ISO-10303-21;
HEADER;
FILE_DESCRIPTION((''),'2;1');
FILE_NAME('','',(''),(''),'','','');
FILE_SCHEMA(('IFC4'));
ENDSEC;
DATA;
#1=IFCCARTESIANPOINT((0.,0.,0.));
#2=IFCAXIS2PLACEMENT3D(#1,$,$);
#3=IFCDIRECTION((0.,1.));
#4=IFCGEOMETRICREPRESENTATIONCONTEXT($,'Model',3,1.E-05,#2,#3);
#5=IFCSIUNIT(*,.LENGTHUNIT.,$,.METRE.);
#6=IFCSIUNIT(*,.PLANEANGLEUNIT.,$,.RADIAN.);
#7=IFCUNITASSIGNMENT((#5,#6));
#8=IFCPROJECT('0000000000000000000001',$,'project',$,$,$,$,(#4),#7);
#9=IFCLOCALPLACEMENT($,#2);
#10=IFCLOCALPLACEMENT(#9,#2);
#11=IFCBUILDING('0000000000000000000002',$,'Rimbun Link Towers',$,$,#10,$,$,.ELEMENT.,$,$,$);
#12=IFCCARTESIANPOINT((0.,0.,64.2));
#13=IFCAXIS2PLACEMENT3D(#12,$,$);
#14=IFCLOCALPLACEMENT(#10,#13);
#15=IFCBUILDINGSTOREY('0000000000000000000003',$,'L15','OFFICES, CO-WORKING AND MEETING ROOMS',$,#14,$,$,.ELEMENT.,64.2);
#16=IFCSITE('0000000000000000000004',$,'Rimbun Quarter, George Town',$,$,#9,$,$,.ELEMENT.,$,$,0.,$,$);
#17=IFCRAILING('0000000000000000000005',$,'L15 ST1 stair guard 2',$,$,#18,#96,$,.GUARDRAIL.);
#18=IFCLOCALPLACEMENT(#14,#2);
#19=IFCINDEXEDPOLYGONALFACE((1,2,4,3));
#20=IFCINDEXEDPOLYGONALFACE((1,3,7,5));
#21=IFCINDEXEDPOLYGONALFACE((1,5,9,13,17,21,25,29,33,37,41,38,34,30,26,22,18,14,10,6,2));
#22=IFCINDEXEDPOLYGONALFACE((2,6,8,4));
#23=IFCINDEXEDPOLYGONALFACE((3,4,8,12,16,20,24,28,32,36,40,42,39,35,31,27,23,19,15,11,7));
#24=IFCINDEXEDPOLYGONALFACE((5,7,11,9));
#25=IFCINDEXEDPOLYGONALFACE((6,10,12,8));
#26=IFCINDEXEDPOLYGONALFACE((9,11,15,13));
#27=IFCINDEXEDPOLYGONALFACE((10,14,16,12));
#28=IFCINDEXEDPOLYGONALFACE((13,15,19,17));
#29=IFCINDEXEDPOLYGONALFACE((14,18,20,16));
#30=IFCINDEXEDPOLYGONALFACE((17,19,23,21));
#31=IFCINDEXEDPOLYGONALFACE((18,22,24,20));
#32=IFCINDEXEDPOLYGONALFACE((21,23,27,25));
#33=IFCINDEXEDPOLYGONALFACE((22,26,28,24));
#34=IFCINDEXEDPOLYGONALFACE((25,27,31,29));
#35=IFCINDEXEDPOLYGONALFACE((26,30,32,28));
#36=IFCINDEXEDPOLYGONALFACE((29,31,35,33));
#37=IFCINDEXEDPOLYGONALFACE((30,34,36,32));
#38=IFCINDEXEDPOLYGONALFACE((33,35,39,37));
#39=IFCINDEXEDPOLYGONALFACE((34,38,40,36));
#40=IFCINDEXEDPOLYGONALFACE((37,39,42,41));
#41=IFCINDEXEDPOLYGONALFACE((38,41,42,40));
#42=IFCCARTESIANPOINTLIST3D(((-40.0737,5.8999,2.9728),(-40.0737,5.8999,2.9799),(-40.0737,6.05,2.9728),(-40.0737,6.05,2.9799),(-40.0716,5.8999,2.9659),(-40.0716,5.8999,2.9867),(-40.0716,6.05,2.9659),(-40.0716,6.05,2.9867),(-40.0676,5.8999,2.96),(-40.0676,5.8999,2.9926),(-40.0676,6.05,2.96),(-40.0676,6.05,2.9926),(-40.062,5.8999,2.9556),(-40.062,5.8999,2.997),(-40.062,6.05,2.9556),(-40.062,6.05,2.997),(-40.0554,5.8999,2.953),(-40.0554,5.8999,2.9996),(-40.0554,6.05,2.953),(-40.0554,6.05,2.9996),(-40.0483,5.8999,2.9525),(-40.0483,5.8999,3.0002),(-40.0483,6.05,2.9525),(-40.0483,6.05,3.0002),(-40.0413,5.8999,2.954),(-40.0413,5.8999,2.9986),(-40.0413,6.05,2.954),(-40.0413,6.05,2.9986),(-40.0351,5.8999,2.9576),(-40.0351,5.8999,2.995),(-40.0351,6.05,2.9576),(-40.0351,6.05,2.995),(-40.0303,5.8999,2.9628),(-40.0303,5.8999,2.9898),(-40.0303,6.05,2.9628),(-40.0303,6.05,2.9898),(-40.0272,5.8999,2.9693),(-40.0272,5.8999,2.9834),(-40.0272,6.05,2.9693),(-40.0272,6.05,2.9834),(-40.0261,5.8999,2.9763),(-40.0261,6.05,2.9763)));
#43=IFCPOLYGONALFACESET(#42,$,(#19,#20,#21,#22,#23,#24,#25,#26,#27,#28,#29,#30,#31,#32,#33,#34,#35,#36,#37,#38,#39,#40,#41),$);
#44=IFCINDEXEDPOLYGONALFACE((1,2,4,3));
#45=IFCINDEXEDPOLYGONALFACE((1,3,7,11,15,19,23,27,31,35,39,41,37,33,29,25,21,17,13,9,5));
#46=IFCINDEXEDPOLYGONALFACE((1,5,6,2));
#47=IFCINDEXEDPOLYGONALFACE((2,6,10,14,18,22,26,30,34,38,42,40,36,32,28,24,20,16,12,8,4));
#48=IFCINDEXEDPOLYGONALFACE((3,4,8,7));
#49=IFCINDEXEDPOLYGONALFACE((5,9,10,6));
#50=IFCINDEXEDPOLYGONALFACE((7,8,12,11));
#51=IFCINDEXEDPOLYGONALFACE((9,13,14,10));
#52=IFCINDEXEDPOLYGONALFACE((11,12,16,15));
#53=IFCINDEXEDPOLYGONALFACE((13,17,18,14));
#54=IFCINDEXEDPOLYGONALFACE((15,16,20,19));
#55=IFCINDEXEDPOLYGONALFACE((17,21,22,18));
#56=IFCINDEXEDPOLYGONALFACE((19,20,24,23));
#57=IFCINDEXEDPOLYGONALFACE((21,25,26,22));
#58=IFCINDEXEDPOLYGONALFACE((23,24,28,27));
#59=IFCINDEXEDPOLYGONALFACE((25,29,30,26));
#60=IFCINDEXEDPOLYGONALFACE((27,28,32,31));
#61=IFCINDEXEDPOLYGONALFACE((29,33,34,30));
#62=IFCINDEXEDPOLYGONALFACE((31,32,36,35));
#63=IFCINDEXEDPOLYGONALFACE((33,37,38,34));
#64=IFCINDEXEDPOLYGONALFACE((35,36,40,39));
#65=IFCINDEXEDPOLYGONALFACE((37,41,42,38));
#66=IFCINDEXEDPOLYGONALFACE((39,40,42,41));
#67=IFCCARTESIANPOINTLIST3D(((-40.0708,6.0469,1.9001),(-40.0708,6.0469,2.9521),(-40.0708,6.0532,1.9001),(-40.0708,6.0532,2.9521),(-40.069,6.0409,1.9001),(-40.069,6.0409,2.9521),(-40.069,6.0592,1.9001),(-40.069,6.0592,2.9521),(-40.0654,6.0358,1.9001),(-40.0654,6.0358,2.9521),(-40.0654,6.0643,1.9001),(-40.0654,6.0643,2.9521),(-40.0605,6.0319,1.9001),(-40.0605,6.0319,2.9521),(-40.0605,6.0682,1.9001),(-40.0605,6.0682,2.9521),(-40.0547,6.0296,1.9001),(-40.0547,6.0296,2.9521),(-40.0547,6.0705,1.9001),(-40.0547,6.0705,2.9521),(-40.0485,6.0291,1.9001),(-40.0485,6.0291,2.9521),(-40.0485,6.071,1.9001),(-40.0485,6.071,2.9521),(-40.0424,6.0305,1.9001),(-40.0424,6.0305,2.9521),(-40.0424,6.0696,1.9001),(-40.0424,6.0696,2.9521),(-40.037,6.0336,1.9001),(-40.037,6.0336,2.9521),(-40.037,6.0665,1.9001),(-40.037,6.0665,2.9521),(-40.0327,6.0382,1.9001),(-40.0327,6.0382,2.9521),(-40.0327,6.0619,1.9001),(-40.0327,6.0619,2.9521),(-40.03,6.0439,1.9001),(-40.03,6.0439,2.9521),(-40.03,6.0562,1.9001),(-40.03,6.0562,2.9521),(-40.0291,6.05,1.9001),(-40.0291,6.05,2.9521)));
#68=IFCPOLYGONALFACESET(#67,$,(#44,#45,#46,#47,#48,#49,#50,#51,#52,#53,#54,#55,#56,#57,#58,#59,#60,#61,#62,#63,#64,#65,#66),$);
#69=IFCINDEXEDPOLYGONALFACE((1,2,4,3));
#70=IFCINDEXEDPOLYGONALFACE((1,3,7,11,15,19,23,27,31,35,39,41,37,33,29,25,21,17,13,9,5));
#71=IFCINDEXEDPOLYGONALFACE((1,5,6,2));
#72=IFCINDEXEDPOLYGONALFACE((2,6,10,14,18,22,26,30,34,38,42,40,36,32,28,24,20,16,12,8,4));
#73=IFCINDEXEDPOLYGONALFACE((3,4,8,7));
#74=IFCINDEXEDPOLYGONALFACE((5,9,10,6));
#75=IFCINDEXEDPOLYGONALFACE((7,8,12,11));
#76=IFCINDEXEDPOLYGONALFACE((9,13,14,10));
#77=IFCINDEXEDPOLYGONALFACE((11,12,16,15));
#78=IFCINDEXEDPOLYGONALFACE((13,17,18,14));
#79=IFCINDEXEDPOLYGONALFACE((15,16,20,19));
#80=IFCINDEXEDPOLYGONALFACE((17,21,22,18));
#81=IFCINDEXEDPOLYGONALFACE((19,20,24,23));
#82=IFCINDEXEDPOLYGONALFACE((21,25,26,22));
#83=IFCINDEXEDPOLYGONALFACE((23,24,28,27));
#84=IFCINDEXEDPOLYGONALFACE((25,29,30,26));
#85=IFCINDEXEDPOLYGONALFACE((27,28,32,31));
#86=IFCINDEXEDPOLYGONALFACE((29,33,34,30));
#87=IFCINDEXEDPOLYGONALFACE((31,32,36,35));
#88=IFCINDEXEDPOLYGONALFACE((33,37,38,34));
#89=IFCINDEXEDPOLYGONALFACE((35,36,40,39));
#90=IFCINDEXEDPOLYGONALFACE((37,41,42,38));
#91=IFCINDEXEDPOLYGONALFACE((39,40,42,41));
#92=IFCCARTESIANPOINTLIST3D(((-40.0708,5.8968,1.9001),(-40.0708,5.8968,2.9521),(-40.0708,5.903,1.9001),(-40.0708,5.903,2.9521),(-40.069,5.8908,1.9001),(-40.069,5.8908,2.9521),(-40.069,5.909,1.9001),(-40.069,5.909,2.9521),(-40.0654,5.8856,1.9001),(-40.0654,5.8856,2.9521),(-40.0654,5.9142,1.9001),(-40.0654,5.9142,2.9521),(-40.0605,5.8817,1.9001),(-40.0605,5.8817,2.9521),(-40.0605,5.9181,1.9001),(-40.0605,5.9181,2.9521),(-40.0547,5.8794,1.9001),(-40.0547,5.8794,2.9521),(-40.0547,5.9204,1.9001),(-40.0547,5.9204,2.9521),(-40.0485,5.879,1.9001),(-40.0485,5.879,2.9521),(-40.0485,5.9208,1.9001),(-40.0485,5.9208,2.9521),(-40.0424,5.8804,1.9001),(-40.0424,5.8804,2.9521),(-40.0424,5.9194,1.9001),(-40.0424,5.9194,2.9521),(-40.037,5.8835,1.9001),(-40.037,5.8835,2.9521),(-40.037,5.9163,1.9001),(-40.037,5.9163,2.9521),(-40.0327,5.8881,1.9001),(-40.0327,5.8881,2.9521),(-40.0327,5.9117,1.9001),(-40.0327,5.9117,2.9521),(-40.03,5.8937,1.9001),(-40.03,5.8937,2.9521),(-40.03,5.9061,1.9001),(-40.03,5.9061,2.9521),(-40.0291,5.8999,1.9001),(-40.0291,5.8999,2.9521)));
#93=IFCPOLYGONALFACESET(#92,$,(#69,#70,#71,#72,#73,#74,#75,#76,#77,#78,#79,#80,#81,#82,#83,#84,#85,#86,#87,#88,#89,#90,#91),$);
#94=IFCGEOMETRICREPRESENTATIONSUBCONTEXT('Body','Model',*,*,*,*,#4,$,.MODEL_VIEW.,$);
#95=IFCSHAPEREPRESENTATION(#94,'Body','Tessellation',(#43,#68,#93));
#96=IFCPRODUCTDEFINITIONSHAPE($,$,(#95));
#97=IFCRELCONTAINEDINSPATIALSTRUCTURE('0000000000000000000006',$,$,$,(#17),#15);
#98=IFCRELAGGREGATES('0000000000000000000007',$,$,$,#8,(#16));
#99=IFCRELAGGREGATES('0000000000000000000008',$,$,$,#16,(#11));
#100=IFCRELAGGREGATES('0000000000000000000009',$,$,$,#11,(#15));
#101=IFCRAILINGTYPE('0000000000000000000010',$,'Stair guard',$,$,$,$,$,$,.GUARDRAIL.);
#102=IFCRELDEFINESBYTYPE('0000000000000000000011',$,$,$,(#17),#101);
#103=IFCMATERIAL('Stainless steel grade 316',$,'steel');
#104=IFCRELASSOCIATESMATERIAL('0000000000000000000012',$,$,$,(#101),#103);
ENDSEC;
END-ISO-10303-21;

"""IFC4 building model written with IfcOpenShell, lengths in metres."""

from ifc_helpers import new_model, si_unit, direction, frame, origin, origin_2d, place, context, subcontext, project, spatial, circle, extrude, material, type_object, element, save


model = new_model("IFC4")

# Units and contexts
model_context = context("Model", 3, precision=1e-05, world=origin(), true_north=direction((0.0, 1.0)))
body_context = subcontext(model_context, "Body", "Model", "MODEL_VIEW")
ifc_project = project(units=[si_unit("LENGTHUNIT", "METRE"), si_unit("PLANEANGLEUNIT", "RADIAN")], contexts=[model_context])

# Site, building, storey
site_placement = place(None, origin())
site = spatial("IfcSite", under=ifc_project, at=site_placement, Name="Rimbun Quarter, George Town", CompositionType="ELEMENT", RefElevation=0.0)
building_placement = place(site_placement, origin())
building = spatial("IfcBuilding", under=site, at=building_placement, Name="Rimbun Link Towers", CompositionType="ELEMENT")
storey_placement = place(building_placement, frame((0.0, 0.0, 64.2)))
storey = spatial("IfcBuildingStorey", under=building, at=storey_placement, Name="L15", Description="OFFICES, CO-WORKING AND MEETING ROOMS", CompositionType="ELEMENT", Elevation=64.2)

# Railing
ifc_material_1 = material(Name="Stainless steel grade 316", Category="steel")
railing_type_1 = type_object("IfcRailingType", Name="Stair guard", PredefinedType="GUARDRAIL", material=ifc_material_1)
railing_1_placement = place(storey_placement, frame((-40.05, 6.05, 1.9001)))
element("IfcRailing", 1, at=railing_1_placement, inside=storey, type_object=railing_type_1, Name="L15 ST1 stair guard 2", PredefinedType="GUARDRAIL", context=body_context, shape_type="SweptSolid", body=[
    extrude(circle(Radius=0.0239, at=origin_2d()), frame((0.0, 0.0, 1.0762), z_axis=(0.0, -1.0, 0.0), x_axis=(1.0, 0.0, 0.0)), (0.0, 0.0, 1.0), 0.1501),
    extrude(circle(Radius=0.021, at=origin_2d()), origin(), (0.0, 0.0, 1.0), 1.052),
    extrude(circle(Radius=0.021, at=origin_2d()), frame((0.0, -0.1501, 0.0)), (0.0, 0.0, 1.0), 1.052),
])

save(model, "model.ifc")
